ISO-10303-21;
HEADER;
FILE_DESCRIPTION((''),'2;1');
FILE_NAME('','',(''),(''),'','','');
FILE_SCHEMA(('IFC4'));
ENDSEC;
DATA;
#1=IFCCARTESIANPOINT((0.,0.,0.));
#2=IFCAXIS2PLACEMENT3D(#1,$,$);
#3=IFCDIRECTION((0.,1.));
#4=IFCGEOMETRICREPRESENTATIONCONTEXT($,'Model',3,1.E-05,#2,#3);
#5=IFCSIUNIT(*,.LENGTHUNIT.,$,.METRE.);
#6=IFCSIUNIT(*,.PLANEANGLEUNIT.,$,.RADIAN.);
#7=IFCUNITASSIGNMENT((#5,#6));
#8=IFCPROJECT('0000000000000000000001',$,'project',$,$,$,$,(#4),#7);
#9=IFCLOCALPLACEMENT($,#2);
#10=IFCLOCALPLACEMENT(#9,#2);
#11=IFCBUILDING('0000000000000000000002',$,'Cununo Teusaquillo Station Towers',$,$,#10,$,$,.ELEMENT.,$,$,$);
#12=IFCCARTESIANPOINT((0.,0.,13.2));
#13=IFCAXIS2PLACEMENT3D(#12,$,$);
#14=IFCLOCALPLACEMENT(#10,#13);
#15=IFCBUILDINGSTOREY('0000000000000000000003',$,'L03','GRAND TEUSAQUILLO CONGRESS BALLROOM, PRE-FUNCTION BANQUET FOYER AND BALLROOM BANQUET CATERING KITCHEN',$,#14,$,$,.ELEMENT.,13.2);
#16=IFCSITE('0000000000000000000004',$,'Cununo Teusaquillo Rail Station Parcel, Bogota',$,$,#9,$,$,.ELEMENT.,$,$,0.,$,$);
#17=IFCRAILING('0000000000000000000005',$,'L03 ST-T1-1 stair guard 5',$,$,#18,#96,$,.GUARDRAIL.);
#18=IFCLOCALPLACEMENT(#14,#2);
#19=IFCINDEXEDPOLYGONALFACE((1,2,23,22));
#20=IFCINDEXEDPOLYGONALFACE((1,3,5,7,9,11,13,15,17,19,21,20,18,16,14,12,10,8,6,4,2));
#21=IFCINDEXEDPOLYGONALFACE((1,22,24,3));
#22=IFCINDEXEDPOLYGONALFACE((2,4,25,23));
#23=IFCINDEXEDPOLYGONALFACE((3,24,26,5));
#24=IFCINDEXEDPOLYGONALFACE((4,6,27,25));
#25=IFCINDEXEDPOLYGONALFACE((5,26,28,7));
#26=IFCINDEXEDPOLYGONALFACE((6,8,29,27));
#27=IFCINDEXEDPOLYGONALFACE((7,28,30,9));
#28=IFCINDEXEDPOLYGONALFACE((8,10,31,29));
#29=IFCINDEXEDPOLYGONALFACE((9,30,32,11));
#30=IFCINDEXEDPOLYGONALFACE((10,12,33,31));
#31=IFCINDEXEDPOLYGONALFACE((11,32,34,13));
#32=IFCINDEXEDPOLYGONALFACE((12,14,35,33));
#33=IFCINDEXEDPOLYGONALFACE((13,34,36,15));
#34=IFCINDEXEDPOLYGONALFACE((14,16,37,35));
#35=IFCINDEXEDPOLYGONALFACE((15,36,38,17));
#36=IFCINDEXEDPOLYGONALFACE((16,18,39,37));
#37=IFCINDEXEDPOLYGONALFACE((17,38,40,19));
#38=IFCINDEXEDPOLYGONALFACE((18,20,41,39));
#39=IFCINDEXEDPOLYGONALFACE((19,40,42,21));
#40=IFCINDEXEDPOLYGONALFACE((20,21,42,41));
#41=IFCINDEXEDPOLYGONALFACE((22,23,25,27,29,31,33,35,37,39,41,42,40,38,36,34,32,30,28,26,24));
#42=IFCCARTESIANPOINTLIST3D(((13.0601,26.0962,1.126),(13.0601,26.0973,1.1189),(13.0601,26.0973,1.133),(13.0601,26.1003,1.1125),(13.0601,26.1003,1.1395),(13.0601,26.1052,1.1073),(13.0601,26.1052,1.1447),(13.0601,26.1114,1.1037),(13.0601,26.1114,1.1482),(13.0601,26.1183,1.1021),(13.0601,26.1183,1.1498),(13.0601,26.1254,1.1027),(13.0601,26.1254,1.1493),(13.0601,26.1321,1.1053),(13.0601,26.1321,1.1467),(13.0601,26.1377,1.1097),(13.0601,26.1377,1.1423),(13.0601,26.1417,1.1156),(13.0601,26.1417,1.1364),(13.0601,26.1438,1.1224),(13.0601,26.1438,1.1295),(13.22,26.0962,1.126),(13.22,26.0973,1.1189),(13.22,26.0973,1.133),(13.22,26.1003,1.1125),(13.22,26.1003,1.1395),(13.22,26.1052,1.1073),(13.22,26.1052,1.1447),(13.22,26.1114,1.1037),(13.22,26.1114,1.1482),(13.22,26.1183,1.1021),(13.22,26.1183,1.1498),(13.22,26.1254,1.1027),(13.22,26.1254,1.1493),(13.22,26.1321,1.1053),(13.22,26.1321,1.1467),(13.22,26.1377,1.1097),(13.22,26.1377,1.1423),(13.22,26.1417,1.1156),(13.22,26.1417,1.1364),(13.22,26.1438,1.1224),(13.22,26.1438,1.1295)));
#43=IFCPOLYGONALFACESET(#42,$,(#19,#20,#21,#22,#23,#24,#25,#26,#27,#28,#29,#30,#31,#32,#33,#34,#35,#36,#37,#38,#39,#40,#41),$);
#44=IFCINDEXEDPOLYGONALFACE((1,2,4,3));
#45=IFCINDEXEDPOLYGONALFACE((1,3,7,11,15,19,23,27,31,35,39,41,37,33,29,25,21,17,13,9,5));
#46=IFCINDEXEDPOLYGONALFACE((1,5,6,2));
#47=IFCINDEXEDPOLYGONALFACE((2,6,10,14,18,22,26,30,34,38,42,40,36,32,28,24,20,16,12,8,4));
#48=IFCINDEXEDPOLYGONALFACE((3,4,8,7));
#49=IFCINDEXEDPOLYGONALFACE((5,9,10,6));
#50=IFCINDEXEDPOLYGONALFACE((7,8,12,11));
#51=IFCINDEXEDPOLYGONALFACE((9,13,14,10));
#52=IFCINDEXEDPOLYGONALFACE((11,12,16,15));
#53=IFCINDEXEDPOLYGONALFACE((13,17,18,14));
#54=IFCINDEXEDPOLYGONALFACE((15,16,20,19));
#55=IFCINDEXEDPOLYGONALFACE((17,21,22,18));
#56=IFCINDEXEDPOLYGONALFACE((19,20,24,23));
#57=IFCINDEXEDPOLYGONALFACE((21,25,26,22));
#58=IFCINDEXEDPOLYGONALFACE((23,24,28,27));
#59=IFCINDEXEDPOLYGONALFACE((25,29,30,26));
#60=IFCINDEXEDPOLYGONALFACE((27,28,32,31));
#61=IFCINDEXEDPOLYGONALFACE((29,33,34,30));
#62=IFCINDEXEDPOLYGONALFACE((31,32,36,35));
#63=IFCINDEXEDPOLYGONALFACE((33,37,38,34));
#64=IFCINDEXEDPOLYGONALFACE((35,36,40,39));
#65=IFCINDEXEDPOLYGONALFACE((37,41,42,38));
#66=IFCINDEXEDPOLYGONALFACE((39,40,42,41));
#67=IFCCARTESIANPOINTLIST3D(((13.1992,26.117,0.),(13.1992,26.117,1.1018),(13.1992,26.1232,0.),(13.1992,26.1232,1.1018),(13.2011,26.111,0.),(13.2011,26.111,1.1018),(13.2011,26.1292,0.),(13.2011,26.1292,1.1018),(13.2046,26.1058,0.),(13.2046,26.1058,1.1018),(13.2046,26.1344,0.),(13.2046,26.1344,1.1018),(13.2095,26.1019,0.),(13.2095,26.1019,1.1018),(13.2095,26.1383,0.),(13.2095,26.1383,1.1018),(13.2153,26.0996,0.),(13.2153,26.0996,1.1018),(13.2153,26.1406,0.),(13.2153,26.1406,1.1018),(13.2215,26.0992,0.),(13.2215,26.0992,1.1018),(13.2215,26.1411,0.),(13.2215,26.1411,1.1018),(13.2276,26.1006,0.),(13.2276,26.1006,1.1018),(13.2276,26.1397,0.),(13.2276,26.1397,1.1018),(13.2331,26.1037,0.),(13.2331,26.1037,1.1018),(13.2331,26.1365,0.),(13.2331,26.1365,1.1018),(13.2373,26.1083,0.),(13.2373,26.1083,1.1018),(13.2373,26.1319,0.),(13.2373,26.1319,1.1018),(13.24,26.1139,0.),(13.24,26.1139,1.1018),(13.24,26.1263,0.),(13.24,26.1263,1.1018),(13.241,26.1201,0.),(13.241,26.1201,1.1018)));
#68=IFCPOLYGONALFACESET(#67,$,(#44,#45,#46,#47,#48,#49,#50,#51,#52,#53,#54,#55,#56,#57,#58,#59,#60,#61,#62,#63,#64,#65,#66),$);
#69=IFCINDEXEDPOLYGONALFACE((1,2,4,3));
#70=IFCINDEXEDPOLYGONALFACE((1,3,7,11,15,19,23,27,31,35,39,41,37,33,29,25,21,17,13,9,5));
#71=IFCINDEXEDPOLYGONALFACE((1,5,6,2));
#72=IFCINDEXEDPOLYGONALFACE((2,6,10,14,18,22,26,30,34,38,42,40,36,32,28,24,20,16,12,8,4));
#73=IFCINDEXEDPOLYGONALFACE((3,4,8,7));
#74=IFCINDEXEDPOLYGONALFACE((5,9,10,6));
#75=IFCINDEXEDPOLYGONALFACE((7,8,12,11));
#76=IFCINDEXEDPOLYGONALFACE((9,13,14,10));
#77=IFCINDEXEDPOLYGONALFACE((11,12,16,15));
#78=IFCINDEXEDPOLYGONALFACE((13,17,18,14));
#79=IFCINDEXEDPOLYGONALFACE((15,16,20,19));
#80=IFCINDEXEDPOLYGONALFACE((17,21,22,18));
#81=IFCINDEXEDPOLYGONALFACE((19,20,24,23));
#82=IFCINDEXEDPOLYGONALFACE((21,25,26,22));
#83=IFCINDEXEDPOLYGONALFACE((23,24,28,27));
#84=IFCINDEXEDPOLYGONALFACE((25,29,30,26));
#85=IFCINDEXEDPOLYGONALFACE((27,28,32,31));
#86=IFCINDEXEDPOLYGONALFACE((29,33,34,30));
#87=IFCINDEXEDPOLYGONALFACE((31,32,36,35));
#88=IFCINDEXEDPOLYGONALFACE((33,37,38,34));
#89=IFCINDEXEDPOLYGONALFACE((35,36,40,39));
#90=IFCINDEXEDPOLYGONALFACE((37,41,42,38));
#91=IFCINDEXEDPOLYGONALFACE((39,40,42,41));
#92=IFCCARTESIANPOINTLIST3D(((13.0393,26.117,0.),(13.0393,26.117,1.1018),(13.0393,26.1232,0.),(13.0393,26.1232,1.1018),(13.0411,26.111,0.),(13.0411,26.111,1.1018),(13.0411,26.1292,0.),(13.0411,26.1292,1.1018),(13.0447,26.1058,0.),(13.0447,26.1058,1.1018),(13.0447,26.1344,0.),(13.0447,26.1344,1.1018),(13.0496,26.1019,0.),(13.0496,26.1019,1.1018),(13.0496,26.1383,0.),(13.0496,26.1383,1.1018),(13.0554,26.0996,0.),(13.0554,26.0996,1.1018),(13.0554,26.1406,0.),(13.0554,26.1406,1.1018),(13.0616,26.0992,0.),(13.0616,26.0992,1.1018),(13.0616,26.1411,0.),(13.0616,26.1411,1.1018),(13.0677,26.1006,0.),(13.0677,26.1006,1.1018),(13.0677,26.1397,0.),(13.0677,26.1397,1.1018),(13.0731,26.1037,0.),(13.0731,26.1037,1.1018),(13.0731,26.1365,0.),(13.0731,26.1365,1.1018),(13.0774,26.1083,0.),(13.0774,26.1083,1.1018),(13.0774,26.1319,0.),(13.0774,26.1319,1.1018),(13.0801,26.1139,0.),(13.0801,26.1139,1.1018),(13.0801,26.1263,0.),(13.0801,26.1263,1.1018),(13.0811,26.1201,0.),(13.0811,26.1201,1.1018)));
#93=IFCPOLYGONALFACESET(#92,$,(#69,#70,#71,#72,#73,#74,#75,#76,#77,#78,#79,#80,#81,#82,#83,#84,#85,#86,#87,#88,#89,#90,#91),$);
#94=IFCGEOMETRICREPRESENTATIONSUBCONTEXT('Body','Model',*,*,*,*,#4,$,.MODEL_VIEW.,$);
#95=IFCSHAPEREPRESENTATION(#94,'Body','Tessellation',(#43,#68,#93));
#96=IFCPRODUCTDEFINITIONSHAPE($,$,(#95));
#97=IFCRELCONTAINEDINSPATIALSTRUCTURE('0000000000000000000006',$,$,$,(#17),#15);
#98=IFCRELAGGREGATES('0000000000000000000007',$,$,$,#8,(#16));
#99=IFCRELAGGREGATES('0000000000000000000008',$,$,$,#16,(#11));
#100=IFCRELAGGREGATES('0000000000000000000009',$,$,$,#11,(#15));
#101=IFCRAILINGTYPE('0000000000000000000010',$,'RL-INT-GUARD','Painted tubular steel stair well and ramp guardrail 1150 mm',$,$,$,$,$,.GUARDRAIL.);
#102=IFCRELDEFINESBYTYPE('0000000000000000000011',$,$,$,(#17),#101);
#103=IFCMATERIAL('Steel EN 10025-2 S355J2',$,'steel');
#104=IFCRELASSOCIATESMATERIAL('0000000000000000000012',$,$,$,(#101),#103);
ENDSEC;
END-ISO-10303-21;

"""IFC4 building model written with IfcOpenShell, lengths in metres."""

from ifc_helpers import new_model, si_unit, direction, frame, origin, origin_2d, place, context, subcontext, project, spatial, circle, extrude, material, type_object, element, save


model = new_model("IFC4")

# Units and contexts
model_context = context("Model", 3, precision=1e-05, world=origin(), true_north=direction((0.0, 1.0)))
body_context = subcontext(model_context, "Body", "Model", "MODEL_VIEW")
ifc_project = project(units=[si_unit("LENGTHUNIT", "METRE"), si_unit("PLANEANGLEUNIT", "RADIAN")], contexts=[model_context])

# Site, building, storey
site_placement = place(None, origin())
site = spatial("IfcSite", under=ifc_project, at=site_placement, Name="Cununo Teusaquillo Rail Station Parcel, Bogota", CompositionType="ELEMENT", RefElevation=0.0)
building_placement = place(site_placement, origin())
building = spatial("IfcBuilding", under=site, at=building_placement, Name="Cununo Teusaquillo Station Towers", CompositionType="ELEMENT")
storey_placement = place(building_placement, frame((0.0, 0.0, 13.2)))
storey = spatial("IfcBuildingStorey", under=building, at=storey_placement, Name="L03", Description="GRAND TEUSAQUILLO CONGRESS BALLROOM, PRE-FUNCTION BANQUET FOYER AND BALLROOM BANQUET CATERING KITCHEN", CompositionType="ELEMENT", Elevation=13.2)

# Railing
ifc_material_1 = material(Name="Steel EN 10025-2 S355J2", Category="steel")
railing_type_1 = type_object("IfcRailingType", Name="RL-INT-GUARD", Description="Painted tubular steel stair well and ramp guardrail 1150 mm", PredefinedType="GUARDRAIL", material=ifc_material_1)
railing_1_placement = place(storey_placement, frame((13.22, 26.1201, 0.0)))
element("IfcRailing", 1, at=railing_1_placement, inside=storey, type_object=railing_type_1, Name="L03 ST-T1-1 stair guard 5", PredefinedType="GUARDRAIL", context=body_context, shape_type="SweptSolid", body=[
    extrude(circle(Radius=0.0239, at=origin_2d()), frame((0.0, 0.0, 1.126), z_axis=(-1.0, 0.0, 0.0), x_axis=(0.0, -1.0, 0.0)), (0.0, 0.0, 1.0), 0.1599),
    extrude(circle(Radius=0.021, at=origin_2d()), origin(), (0.0, 0.0, 1.0), 1.1018),
    extrude(circle(Radius=0.021, at=origin_2d()), frame((-0.1599, 0.0, 0.0)), (0.0, 0.0, 1.0), 1.1018),
])

save(model, "model.ifc")
